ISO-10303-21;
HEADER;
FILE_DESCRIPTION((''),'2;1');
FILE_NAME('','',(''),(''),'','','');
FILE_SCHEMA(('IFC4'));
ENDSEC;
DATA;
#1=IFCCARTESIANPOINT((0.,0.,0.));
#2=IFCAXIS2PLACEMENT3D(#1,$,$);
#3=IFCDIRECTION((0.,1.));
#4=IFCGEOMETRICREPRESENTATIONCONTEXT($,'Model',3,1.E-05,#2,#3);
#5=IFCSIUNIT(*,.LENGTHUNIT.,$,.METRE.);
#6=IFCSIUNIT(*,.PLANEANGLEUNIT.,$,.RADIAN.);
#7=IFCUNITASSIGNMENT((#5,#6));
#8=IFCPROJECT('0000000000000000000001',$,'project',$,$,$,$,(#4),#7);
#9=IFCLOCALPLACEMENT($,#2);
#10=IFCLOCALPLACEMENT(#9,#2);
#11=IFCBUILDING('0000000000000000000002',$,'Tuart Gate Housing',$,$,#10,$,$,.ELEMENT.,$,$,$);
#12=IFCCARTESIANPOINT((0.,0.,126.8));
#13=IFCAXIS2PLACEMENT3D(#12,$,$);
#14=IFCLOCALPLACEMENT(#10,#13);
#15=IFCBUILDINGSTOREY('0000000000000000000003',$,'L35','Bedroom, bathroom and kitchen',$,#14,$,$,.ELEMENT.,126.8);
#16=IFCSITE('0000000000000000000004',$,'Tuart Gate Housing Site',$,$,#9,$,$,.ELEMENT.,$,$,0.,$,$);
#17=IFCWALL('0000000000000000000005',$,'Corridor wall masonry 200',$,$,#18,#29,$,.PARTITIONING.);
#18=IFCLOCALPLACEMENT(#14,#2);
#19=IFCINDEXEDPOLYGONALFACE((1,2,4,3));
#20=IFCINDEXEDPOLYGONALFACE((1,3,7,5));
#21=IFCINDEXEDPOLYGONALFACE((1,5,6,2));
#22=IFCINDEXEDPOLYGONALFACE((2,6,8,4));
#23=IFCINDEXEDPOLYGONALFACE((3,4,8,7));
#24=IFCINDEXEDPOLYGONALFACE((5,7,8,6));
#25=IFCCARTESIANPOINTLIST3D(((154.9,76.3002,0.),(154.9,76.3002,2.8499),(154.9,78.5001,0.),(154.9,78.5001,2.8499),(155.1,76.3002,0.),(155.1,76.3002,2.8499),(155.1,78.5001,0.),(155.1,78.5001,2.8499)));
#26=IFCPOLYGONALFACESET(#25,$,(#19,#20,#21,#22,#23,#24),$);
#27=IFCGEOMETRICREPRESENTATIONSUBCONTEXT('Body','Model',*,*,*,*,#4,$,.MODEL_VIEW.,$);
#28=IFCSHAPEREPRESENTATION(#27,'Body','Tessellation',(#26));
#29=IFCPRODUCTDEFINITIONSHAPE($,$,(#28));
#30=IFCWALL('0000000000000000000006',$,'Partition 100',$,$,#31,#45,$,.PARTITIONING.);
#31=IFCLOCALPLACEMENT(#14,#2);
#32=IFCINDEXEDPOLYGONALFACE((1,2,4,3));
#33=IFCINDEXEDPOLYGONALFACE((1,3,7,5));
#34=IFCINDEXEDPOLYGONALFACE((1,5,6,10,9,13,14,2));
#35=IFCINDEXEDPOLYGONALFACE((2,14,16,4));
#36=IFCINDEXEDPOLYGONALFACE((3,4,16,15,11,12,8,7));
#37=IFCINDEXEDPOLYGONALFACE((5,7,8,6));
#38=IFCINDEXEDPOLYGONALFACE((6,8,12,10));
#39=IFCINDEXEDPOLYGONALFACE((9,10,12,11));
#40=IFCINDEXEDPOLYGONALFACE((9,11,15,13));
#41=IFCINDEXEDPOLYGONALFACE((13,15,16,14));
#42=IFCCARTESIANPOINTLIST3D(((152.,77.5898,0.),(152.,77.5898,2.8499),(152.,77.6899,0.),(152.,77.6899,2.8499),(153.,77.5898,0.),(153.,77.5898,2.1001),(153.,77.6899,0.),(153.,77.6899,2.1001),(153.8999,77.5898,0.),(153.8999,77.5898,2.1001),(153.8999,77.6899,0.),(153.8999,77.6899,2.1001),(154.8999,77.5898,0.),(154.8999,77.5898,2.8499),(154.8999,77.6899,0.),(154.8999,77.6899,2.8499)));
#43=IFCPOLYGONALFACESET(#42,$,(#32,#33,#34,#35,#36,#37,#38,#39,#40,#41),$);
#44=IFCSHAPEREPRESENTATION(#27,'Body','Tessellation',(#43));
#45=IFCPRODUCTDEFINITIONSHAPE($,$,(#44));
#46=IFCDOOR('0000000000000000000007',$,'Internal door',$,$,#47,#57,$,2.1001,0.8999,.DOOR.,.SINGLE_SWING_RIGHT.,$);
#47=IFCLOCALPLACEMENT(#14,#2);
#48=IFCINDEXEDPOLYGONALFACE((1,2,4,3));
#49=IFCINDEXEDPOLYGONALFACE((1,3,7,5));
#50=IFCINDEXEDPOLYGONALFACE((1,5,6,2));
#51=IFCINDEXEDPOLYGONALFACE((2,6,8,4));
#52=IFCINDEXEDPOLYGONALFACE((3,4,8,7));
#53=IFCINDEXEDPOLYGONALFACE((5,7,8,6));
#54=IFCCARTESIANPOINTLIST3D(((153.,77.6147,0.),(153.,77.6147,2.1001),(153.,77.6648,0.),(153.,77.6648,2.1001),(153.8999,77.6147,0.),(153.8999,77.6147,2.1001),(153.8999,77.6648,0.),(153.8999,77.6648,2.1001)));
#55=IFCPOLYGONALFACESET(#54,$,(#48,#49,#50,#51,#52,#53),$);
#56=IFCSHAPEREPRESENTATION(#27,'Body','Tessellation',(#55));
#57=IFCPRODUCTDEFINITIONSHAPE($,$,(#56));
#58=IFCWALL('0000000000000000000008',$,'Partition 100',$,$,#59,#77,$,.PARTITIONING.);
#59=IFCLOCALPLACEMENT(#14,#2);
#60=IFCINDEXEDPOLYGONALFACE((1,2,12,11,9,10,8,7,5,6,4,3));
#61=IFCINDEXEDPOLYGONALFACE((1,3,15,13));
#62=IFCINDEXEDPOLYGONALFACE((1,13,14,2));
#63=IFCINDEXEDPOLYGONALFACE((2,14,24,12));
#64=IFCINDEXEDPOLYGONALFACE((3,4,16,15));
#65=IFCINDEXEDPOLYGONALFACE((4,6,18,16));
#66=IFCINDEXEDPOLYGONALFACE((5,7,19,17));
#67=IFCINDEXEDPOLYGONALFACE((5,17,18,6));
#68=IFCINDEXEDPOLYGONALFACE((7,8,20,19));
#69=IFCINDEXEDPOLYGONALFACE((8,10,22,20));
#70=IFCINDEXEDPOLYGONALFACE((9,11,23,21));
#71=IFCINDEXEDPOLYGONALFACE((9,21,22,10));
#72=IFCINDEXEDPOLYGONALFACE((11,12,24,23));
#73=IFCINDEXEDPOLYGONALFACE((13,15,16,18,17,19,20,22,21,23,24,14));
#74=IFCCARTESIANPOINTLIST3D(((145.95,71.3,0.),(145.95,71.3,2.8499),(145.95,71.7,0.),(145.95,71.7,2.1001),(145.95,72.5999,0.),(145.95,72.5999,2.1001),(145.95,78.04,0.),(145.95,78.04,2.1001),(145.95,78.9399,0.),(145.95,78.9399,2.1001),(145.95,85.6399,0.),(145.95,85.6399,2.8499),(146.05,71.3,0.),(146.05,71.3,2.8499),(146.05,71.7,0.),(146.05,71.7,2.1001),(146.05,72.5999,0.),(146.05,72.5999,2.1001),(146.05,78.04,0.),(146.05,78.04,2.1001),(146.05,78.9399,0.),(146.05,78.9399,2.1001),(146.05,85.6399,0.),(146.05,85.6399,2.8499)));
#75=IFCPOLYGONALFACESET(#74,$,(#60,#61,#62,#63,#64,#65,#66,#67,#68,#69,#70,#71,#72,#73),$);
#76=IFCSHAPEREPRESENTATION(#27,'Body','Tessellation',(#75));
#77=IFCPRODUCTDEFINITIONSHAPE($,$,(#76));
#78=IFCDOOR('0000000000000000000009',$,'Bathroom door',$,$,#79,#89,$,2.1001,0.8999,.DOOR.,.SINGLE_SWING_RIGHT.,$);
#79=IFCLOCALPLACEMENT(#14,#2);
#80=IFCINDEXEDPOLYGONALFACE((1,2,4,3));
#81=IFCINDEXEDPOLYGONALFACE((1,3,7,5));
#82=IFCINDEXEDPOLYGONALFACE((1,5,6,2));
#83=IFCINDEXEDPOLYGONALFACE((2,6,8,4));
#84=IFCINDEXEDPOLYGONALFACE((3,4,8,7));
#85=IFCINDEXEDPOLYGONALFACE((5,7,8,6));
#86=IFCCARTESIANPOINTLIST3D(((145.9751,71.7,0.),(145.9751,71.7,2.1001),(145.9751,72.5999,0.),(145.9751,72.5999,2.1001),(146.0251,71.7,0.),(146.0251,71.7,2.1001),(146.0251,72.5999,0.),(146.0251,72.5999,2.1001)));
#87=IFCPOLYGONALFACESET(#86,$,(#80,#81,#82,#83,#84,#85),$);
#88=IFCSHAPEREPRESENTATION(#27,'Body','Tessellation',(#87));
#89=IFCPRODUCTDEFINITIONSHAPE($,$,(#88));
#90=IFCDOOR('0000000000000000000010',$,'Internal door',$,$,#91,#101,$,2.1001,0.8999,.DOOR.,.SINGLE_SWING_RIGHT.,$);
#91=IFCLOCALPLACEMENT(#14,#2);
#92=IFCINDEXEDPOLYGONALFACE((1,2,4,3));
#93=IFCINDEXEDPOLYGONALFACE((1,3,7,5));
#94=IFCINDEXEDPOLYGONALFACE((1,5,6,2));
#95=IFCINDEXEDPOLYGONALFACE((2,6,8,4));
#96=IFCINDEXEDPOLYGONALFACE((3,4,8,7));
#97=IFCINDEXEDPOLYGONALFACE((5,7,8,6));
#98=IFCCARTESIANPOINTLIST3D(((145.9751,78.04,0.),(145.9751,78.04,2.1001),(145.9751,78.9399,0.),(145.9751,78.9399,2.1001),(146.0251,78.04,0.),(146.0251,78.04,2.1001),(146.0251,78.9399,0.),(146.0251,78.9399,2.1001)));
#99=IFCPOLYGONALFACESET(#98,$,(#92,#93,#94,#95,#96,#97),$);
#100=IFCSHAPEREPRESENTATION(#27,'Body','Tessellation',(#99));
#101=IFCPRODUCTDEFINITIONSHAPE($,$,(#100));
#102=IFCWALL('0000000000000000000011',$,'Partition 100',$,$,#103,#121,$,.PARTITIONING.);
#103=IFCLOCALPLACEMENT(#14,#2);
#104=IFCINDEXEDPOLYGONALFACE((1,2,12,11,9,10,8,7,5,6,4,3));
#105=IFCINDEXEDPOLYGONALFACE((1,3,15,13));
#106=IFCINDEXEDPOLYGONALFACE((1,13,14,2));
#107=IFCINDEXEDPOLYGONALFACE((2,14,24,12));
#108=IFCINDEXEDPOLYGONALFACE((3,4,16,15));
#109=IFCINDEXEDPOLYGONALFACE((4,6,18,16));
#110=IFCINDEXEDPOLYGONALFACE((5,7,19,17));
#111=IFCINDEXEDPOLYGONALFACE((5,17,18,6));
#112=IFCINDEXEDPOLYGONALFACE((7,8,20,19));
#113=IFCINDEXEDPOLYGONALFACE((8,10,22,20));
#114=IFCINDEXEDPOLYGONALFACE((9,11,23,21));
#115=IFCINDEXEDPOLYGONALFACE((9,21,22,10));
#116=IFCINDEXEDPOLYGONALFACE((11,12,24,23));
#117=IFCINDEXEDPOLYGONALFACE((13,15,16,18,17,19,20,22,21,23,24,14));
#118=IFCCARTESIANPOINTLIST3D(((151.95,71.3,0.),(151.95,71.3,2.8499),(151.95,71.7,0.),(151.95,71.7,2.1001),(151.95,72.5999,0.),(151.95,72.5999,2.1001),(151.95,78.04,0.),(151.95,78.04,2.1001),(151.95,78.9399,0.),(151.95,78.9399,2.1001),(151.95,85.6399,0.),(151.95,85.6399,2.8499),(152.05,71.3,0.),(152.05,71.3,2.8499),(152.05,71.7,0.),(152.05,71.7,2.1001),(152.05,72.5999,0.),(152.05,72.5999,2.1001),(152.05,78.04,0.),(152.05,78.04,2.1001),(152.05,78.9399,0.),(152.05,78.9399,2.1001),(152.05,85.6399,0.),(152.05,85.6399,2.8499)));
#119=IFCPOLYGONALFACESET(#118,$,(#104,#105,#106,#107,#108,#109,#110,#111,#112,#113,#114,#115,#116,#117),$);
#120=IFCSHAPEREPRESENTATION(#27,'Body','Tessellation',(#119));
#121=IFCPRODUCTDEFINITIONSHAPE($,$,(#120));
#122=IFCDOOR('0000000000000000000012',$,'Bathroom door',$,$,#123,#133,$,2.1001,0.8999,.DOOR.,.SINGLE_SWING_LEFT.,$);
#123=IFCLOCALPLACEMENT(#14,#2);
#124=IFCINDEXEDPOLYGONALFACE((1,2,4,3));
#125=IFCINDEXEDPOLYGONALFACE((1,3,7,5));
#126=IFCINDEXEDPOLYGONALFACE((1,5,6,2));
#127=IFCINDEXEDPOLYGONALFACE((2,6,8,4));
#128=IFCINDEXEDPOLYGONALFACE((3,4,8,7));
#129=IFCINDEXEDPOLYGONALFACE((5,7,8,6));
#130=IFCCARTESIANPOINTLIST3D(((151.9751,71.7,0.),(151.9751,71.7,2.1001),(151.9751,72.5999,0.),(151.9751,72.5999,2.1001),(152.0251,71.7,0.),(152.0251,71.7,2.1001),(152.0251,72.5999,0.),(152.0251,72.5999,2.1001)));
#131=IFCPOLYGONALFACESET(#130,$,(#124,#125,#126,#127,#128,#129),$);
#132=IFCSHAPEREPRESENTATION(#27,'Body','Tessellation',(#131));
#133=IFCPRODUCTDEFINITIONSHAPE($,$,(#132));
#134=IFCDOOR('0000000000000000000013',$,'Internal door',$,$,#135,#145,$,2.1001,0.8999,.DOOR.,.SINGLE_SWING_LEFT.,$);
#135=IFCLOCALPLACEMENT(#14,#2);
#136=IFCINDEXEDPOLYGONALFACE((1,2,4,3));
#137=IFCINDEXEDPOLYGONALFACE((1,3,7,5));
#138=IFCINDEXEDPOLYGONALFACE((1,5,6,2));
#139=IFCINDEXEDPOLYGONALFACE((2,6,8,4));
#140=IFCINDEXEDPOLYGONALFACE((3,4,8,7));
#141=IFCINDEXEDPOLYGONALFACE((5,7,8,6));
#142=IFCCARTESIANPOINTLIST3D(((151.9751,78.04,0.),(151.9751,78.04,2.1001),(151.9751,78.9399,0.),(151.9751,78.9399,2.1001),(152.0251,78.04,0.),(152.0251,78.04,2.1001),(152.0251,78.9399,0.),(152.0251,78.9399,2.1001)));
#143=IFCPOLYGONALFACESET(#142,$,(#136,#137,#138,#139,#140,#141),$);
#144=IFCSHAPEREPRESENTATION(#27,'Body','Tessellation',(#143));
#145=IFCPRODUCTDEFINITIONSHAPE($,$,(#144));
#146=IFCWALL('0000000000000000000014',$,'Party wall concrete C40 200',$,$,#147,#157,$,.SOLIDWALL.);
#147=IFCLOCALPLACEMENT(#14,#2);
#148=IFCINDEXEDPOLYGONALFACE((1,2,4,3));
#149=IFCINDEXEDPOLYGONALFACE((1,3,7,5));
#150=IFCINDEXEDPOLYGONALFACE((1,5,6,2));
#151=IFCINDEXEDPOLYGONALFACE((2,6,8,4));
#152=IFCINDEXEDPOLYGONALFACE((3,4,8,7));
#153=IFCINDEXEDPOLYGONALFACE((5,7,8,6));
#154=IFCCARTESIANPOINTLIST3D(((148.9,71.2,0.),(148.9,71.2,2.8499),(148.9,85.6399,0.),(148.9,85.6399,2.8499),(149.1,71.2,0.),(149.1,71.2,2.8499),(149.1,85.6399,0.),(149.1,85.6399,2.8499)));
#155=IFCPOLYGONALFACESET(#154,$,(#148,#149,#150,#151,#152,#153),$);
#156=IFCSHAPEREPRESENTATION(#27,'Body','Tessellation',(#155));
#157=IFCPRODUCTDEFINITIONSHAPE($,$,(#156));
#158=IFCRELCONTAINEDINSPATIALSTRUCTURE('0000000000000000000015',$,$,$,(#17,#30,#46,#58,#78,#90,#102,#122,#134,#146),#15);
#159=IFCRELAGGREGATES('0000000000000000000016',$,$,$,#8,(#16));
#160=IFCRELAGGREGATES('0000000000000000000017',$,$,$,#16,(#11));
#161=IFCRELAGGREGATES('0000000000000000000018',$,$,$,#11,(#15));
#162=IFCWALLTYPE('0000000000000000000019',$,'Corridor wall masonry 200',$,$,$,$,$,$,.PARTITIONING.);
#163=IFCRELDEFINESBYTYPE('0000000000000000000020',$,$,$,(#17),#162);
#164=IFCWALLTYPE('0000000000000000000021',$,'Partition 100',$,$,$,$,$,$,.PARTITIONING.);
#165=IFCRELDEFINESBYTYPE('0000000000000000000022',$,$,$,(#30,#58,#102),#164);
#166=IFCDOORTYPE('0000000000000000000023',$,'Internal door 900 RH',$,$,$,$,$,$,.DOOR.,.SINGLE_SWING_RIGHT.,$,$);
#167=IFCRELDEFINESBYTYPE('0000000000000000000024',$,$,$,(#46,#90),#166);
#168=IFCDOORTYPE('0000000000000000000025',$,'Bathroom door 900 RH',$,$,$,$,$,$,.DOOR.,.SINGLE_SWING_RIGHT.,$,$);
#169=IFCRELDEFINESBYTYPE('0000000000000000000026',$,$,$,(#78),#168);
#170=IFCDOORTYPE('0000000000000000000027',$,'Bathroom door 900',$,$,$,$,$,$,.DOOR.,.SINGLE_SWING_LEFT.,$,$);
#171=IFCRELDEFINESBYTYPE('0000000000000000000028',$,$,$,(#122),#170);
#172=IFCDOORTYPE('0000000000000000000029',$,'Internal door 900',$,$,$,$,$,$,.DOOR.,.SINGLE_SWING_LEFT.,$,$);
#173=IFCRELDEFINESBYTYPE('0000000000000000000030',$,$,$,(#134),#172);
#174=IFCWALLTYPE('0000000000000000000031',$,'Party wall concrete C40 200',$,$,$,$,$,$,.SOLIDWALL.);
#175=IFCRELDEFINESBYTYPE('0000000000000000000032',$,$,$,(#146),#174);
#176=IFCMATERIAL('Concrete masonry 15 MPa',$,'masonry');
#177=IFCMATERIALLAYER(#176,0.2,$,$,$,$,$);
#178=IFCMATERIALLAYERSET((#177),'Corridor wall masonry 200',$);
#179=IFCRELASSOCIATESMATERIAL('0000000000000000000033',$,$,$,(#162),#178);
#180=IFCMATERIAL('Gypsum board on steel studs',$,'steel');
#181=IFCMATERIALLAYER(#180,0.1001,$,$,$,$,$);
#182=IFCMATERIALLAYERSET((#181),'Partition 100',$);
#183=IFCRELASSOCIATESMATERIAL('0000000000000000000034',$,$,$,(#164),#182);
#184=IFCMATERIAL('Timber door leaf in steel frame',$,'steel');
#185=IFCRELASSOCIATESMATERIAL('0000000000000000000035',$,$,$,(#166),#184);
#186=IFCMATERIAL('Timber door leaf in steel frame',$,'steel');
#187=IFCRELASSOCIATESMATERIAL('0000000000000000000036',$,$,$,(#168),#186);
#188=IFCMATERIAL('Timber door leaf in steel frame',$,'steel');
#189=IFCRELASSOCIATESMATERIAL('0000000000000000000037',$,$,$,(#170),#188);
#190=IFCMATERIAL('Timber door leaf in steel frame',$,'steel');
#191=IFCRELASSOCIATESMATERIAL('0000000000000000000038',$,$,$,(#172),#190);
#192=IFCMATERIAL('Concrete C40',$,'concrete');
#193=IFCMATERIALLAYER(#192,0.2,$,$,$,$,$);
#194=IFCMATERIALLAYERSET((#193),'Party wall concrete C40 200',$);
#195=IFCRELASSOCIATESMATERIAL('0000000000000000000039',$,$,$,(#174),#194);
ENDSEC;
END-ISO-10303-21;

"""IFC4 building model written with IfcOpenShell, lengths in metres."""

from ifc_helpers import new_model, si_unit, direction, frame, frame_2d, origin, place, context, subcontext, project, spatial, rectangle, extrude, material, layer, layer_set, type_object, element, fill, save


model = new_model("IFC4")

# Units and contexts
model_context = context("Model", 3, precision=1e-05, world=origin(), true_north=direction((0.0, 1.0)))
body_context = subcontext(model_context, "Body", "Model", "MODEL_VIEW")
ifc_project = project(units=[si_unit("LENGTHUNIT", "METRE"), si_unit("PLANEANGLEUNIT", "RADIAN")], contexts=[model_context])

# Site, building, storey
site_placement = place(None, origin())
site = spatial("IfcSite", under=ifc_project, at=site_placement, Name="Tuart Gate Housing Site", CompositionType="ELEMENT", RefElevation=0.0)
building_placement = place(site_placement, origin())
building = spatial("IfcBuilding", under=site, at=building_placement, Name="Tuart Gate Housing", CompositionType="ELEMENT")
storey_placement = place(building_placement, frame((0.0, 0.0, 126.8)))
storey = spatial("IfcBuildingStorey", under=building, at=storey_placement, Name="L35", Description="Bedroom, bathroom and kitchen", CompositionType="ELEMENT", Elevation=126.8)

# Wall
ifc_material_1 = material(Name="Concrete masonry 15 MPa", Category="masonry")
ifc_layer_1 = layer(ifc_material_1, 0.2)
ifc_layer_set_1 = layer_set([ifc_layer_1], Name="Corridor wall masonry 200")
wall_type_1 = type_object("IfcWallType", Name="Corridor wall masonry 200", PredefinedType="PARTITIONING", material=ifc_layer_set_1)
wall_1_placement = place(storey_placement, frame((155.0, 76.3, 0.0), z_axis=(0.0, 0.0, 1.0), x_axis=(0.0, 1.0, 0.0)))
element("IfcWall", 1, at=wall_1_placement, inside=storey, type_object=wall_type_1, Name="Corridor wall masonry 200", PredefinedType="PARTITIONING", context=body_context, shape_type="SweptSolid", body=[
    extrude(rectangle(XDim=2.2, YDim=0.2, at=frame_2d((1.1001, 0.0))), origin(), (0.0, 0.0, 1.0), 2.8499),
])

# Wall, opening, door
ifc_material_2 = material(Name="Gypsum board on steel studs", Category="steel")
ifc_layer_2 = layer(ifc_material_2, 0.1001)
ifc_layer_set_2 = layer_set([ifc_layer_2], Name="Partition 100")
wall_type_2 = type_object("IfcWallType", Name="Partition 100", PredefinedType="PARTITIONING", material=ifc_layer_set_2)
wall_2_placement = place(storey_placement, frame((152.0, 77.6399, 0.0), z_axis=(0.0, 0.0, 1.0), x_axis=(1.0, 0.0, 0.0)))
wall_2 = element("IfcWall", 2, at=wall_2_placement, inside=storey, type_object=wall_type_2, Name="Partition 100", PredefinedType="PARTITIONING", context=body_context, shape_type="SweptSolid", body=[
    extrude(rectangle(XDim=2.8999, YDim=0.1001, at=frame_2d((1.45, 0.0))), origin(), (0.0, 0.0, 1.0), 2.8499),
])
opening_1_placement = place(wall_2_placement, frame((1.0, 0.0, 0.0)))
opening_1 = element("IfcOpeningElement", 3, at=opening_1_placement, cuts=wall_2, PredefinedType="OPENING", context=body_context, shape_type="SweptSolid", body=[
    extrude(rectangle(XDim=0.8999, YDim=2.1001, at=frame_2d((0.45, 1.05))), frame((0.0, 0.0601, 0.0), z_axis=(0.0, -1.0, 0.0), x_axis=(1.0, 0.0, 0.0)), (0.0, 0.0, 1.0), 0.1201),
])
ifc_material_3 = material(Name="Timber door leaf in steel frame", Category="steel")
door_type_1 = type_object("IfcDoorType", Name="Internal door 900 RH", OperationType="SINGLE_SWING_RIGHT", PredefinedType="DOOR", material=ifc_material_3)
door_1_placement = place(opening_1_placement, frame((0.8999, 0.0, 0.0), z_axis=(0.0, 0.0, 1.0), x_axis=(-1.0, 0.0, 0.0)))
door_1 = element("IfcDoor", 4, at=door_1_placement, inside=storey, type_object=door_type_1, Name="Internal door", OperationType="SINGLE_SWING_RIGHT", OverallHeight=2.1001, OverallWidth=0.8999, PredefinedType="DOOR", context=body_context, shape_type="SweptSolid", body=[
    extrude(rectangle(XDim=0.8999, YDim=2.1001, at=frame_2d((0.45, 1.05))), frame((0.0, 0.0251, 0.0), z_axis=(0.0, -1.0, 0.0), x_axis=(1.0, 0.0, 0.0)), (0.0, 0.0, 1.0), 0.05),
])
fill(opening_1, door_1)

# Walls, openings, doors
wall_3_placement = place(storey_placement, frame((146.0, 71.3, 0.0), z_axis=(0.0, 0.0, 1.0), x_axis=(0.0, 1.0, 0.0)))
wall_3 = element("IfcWall", 5, at=wall_3_placement, inside=storey, type_object=wall_type_2, Name="Partition 100", PredefinedType="PARTITIONING", context=body_context, shape_type="SweptSolid", body=[
    extrude(rectangle(XDim=14.3398, YDim=0.1001, at=frame_2d((7.1699, 0.0))), origin(), (0.0, 0.0, 1.0), 2.8499),
])
opening_2_placement = place(wall_3_placement, frame((6.74, 0.0, 0.0)))
opening_2 = element("IfcOpeningElement", 6, at=opening_2_placement, cuts=wall_3, PredefinedType="OPENING", context=body_context, shape_type="SweptSolid", body=[
    extrude(rectangle(XDim=0.8999, YDim=2.1001, at=frame_2d((0.45, 1.05))), frame((0.0, 0.0601, 0.0), z_axis=(0.0, -1.0, 0.0), x_axis=(1.0, 0.0, 0.0)), (0.0, 0.0, 1.0), 0.1201),
])
opening_3_placement = place(wall_3_placement, frame((0.3999, 0.0, 0.0)))
opening_3 = element("IfcOpeningElement", 7, at=opening_3_placement, cuts=wall_3, PredefinedType="OPENING", context=body_context, shape_type="SweptSolid", body=[
    extrude(rectangle(XDim=0.8999, YDim=2.1001, at=frame_2d((0.45, 1.05))), frame((0.0, 0.0601, 0.0), z_axis=(0.0, -1.0, 0.0), x_axis=(1.0, 0.0, 0.0)), (0.0, 0.0, 1.0), 0.1201),
])
ifc_material_4 = material(Name="Timber door leaf in steel frame", Category="steel")
door_type_2 = type_object("IfcDoorType", Name="Bathroom door 900 RH", OperationType="SINGLE_SWING_RIGHT", PredefinedType="DOOR", material=ifc_material_4)
door_2_placement = place(opening_3_placement, frame((0.8999, 0.0, 0.0), z_axis=(0.0, 0.0, 1.0), x_axis=(-1.0, 0.0, 0.0)))
door_2 = element("IfcDoor", 8, at=door_2_placement, inside=storey, type_object=door_type_2, Name="Bathroom door", OperationType="SINGLE_SWING_RIGHT", OverallHeight=2.1001, OverallWidth=0.8999, PredefinedType="DOOR", context=body_context, shape_type="SweptSolid", body=[
    extrude(rectangle(XDim=0.8999, YDim=2.1001, at=frame_2d((0.45, 1.05))), frame((0.0, 0.0251, 0.0), z_axis=(0.0, -1.0, 0.0), x_axis=(1.0, 0.0, 0.0)), (0.0, 0.0, 1.0), 0.05),
])
fill(opening_3, door_2)
door_3_placement = place(opening_2_placement, frame((0.8999, 0.0, 0.0), z_axis=(0.0, 0.0, 1.0), x_axis=(-1.0, 0.0, 0.0)))
door_3 = element("IfcDoor", 9, at=door_3_placement, inside=storey, type_object=door_type_1, Name="Internal door", OperationType="SINGLE_SWING_RIGHT", OverallHeight=2.1001, OverallWidth=0.8999, PredefinedType="DOOR", context=body_context, shape_type="SweptSolid", body=[
    extrude(rectangle(XDim=0.8999, YDim=2.1001, at=frame_2d((0.45, 1.05))), frame((0.0, 0.0251, 0.0), z_axis=(0.0, -1.0, 0.0), x_axis=(1.0, 0.0, 0.0)), (0.0, 0.0, 1.0), 0.05),
])
fill(opening_2, door_3)
wall_4_placement = place(storey_placement, frame((152.0, 71.3, 0.0), z_axis=(0.0, 0.0, 1.0), x_axis=(0.0, 1.0, 0.0)))
wall_4 = element("IfcWall", 10, at=wall_4_placement, inside=storey, type_object=wall_type_2, Name="Partition 100", PredefinedType="PARTITIONING", context=body_context, shape_type="SweptSolid", body=[
    extrude(rectangle(XDim=14.3398, YDim=0.1001, at=frame_2d((7.1699, 0.0))), origin(), (0.0, 0.0, 1.0), 2.8499),
])
opening_4_placement = place(wall_4_placement, frame((6.74, 0.0, 0.0)))
opening_4 = element("IfcOpeningElement", 11, at=opening_4_placement, cuts=wall_4, PredefinedType="OPENING", context=body_context, shape_type="SweptSolid", body=[
    extrude(rectangle(XDim=0.8999, YDim=2.1001, at=frame_2d((0.45, 1.05))), frame((0.0, 0.0601, 0.0), z_axis=(0.0, -1.0, 0.0), x_axis=(1.0, 0.0, 0.0)), (0.0, 0.0, 1.0), 0.1201),
])
opening_5_placement = place(wall_4_placement, frame((0.3999, 0.0, 0.0)))
opening_5 = element("IfcOpeningElement", 12, at=opening_5_placement, cuts=wall_4, PredefinedType="OPENING", context=body_context, shape_type="SweptSolid", body=[
    extrude(rectangle(XDim=0.8999, YDim=2.1001, at=frame_2d((0.45, 1.05))), frame((0.0, 0.0601, 0.0), z_axis=(0.0, -1.0, 0.0), x_axis=(1.0, 0.0, 0.0)), (0.0, 0.0, 1.0), 0.1201),
])
ifc_material_5 = material(Name="Timber door leaf in steel frame", Category="steel")
door_type_3 = type_object("IfcDoorType", Name="Bathroom door 900", OperationType="SINGLE_SWING_LEFT", PredefinedType="DOOR", material=ifc_material_5)
door_4_placement = place(opening_5_placement, origin())
door_4 = element("IfcDoor", 13, at=door_4_placement, inside=storey, type_object=door_type_3, Name="Bathroom door", OperationType="SINGLE_SWING_LEFT", OverallHeight=2.1001, OverallWidth=0.8999, PredefinedType="DOOR", context=body_context, shape_type="SweptSolid", body=[
    extrude(rectangle(XDim=0.8999, YDim=2.1001, at=frame_2d((0.45, 1.05))), frame((0.0, 0.0249, 0.0), z_axis=(0.0, -1.0, 0.0), x_axis=(1.0, 0.0, 0.0)), (0.0, 0.0, 1.0), 0.05),
])
fill(opening_5, door_4)
ifc_material_6 = material(Name="Timber door leaf in steel frame", Category="steel")
door_type_4 = type_object("IfcDoorType", Name="Internal door 900", OperationType="SINGLE_SWING_LEFT", PredefinedType="DOOR", material=ifc_material_6)
door_5_placement = place(opening_4_placement, origin())
door_5 = element("IfcDoor", 14, at=door_5_placement, inside=storey, type_object=door_type_4, Name="Internal door", OperationType="SINGLE_SWING_LEFT", OverallHeight=2.1001, OverallWidth=0.8999, PredefinedType="DOOR", context=body_context, shape_type="SweptSolid", body=[
    extrude(rectangle(XDim=0.8999, YDim=2.1001, at=frame_2d((0.45, 1.05))), frame((0.0, 0.0249, 0.0), z_axis=(0.0, -1.0, 0.0), x_axis=(1.0, 0.0, 0.0)), (0.0, 0.0, 1.0), 0.05),
])
fill(opening_4, door_5)

# Wall
ifc_material_7 = material(Name="Concrete C40", Category="concrete")
ifc_layer_3 = layer(ifc_material_7, 0.2)
ifc_layer_set_3 = layer_set([ifc_layer_3], Name="Party wall concrete C40 200")
wall_type_3 = type_object("IfcWallType", Name="Party wall concrete C40 200", PredefinedType="SOLIDWALL", material=ifc_layer_set_3)
wall_5_placement = place(storey_placement, frame((149.0, 71.2, 0.0), z_axis=(0.0, 0.0, 1.0), x_axis=(0.0, 1.0, 0.0)))
element("IfcWall", 15, at=wall_5_placement, inside=storey, type_object=wall_type_3, Name="Party wall concrete C40 200", PredefinedType="SOLIDWALL", context=body_context, shape_type="SweptSolid", body=[
    extrude(rectangle(XDim=14.4399, YDim=0.2, at=frame_2d((7.22, 0.0))), origin(), (0.0, 0.0, 1.0), 2.8499),
])

save(model, "model.ifc")
